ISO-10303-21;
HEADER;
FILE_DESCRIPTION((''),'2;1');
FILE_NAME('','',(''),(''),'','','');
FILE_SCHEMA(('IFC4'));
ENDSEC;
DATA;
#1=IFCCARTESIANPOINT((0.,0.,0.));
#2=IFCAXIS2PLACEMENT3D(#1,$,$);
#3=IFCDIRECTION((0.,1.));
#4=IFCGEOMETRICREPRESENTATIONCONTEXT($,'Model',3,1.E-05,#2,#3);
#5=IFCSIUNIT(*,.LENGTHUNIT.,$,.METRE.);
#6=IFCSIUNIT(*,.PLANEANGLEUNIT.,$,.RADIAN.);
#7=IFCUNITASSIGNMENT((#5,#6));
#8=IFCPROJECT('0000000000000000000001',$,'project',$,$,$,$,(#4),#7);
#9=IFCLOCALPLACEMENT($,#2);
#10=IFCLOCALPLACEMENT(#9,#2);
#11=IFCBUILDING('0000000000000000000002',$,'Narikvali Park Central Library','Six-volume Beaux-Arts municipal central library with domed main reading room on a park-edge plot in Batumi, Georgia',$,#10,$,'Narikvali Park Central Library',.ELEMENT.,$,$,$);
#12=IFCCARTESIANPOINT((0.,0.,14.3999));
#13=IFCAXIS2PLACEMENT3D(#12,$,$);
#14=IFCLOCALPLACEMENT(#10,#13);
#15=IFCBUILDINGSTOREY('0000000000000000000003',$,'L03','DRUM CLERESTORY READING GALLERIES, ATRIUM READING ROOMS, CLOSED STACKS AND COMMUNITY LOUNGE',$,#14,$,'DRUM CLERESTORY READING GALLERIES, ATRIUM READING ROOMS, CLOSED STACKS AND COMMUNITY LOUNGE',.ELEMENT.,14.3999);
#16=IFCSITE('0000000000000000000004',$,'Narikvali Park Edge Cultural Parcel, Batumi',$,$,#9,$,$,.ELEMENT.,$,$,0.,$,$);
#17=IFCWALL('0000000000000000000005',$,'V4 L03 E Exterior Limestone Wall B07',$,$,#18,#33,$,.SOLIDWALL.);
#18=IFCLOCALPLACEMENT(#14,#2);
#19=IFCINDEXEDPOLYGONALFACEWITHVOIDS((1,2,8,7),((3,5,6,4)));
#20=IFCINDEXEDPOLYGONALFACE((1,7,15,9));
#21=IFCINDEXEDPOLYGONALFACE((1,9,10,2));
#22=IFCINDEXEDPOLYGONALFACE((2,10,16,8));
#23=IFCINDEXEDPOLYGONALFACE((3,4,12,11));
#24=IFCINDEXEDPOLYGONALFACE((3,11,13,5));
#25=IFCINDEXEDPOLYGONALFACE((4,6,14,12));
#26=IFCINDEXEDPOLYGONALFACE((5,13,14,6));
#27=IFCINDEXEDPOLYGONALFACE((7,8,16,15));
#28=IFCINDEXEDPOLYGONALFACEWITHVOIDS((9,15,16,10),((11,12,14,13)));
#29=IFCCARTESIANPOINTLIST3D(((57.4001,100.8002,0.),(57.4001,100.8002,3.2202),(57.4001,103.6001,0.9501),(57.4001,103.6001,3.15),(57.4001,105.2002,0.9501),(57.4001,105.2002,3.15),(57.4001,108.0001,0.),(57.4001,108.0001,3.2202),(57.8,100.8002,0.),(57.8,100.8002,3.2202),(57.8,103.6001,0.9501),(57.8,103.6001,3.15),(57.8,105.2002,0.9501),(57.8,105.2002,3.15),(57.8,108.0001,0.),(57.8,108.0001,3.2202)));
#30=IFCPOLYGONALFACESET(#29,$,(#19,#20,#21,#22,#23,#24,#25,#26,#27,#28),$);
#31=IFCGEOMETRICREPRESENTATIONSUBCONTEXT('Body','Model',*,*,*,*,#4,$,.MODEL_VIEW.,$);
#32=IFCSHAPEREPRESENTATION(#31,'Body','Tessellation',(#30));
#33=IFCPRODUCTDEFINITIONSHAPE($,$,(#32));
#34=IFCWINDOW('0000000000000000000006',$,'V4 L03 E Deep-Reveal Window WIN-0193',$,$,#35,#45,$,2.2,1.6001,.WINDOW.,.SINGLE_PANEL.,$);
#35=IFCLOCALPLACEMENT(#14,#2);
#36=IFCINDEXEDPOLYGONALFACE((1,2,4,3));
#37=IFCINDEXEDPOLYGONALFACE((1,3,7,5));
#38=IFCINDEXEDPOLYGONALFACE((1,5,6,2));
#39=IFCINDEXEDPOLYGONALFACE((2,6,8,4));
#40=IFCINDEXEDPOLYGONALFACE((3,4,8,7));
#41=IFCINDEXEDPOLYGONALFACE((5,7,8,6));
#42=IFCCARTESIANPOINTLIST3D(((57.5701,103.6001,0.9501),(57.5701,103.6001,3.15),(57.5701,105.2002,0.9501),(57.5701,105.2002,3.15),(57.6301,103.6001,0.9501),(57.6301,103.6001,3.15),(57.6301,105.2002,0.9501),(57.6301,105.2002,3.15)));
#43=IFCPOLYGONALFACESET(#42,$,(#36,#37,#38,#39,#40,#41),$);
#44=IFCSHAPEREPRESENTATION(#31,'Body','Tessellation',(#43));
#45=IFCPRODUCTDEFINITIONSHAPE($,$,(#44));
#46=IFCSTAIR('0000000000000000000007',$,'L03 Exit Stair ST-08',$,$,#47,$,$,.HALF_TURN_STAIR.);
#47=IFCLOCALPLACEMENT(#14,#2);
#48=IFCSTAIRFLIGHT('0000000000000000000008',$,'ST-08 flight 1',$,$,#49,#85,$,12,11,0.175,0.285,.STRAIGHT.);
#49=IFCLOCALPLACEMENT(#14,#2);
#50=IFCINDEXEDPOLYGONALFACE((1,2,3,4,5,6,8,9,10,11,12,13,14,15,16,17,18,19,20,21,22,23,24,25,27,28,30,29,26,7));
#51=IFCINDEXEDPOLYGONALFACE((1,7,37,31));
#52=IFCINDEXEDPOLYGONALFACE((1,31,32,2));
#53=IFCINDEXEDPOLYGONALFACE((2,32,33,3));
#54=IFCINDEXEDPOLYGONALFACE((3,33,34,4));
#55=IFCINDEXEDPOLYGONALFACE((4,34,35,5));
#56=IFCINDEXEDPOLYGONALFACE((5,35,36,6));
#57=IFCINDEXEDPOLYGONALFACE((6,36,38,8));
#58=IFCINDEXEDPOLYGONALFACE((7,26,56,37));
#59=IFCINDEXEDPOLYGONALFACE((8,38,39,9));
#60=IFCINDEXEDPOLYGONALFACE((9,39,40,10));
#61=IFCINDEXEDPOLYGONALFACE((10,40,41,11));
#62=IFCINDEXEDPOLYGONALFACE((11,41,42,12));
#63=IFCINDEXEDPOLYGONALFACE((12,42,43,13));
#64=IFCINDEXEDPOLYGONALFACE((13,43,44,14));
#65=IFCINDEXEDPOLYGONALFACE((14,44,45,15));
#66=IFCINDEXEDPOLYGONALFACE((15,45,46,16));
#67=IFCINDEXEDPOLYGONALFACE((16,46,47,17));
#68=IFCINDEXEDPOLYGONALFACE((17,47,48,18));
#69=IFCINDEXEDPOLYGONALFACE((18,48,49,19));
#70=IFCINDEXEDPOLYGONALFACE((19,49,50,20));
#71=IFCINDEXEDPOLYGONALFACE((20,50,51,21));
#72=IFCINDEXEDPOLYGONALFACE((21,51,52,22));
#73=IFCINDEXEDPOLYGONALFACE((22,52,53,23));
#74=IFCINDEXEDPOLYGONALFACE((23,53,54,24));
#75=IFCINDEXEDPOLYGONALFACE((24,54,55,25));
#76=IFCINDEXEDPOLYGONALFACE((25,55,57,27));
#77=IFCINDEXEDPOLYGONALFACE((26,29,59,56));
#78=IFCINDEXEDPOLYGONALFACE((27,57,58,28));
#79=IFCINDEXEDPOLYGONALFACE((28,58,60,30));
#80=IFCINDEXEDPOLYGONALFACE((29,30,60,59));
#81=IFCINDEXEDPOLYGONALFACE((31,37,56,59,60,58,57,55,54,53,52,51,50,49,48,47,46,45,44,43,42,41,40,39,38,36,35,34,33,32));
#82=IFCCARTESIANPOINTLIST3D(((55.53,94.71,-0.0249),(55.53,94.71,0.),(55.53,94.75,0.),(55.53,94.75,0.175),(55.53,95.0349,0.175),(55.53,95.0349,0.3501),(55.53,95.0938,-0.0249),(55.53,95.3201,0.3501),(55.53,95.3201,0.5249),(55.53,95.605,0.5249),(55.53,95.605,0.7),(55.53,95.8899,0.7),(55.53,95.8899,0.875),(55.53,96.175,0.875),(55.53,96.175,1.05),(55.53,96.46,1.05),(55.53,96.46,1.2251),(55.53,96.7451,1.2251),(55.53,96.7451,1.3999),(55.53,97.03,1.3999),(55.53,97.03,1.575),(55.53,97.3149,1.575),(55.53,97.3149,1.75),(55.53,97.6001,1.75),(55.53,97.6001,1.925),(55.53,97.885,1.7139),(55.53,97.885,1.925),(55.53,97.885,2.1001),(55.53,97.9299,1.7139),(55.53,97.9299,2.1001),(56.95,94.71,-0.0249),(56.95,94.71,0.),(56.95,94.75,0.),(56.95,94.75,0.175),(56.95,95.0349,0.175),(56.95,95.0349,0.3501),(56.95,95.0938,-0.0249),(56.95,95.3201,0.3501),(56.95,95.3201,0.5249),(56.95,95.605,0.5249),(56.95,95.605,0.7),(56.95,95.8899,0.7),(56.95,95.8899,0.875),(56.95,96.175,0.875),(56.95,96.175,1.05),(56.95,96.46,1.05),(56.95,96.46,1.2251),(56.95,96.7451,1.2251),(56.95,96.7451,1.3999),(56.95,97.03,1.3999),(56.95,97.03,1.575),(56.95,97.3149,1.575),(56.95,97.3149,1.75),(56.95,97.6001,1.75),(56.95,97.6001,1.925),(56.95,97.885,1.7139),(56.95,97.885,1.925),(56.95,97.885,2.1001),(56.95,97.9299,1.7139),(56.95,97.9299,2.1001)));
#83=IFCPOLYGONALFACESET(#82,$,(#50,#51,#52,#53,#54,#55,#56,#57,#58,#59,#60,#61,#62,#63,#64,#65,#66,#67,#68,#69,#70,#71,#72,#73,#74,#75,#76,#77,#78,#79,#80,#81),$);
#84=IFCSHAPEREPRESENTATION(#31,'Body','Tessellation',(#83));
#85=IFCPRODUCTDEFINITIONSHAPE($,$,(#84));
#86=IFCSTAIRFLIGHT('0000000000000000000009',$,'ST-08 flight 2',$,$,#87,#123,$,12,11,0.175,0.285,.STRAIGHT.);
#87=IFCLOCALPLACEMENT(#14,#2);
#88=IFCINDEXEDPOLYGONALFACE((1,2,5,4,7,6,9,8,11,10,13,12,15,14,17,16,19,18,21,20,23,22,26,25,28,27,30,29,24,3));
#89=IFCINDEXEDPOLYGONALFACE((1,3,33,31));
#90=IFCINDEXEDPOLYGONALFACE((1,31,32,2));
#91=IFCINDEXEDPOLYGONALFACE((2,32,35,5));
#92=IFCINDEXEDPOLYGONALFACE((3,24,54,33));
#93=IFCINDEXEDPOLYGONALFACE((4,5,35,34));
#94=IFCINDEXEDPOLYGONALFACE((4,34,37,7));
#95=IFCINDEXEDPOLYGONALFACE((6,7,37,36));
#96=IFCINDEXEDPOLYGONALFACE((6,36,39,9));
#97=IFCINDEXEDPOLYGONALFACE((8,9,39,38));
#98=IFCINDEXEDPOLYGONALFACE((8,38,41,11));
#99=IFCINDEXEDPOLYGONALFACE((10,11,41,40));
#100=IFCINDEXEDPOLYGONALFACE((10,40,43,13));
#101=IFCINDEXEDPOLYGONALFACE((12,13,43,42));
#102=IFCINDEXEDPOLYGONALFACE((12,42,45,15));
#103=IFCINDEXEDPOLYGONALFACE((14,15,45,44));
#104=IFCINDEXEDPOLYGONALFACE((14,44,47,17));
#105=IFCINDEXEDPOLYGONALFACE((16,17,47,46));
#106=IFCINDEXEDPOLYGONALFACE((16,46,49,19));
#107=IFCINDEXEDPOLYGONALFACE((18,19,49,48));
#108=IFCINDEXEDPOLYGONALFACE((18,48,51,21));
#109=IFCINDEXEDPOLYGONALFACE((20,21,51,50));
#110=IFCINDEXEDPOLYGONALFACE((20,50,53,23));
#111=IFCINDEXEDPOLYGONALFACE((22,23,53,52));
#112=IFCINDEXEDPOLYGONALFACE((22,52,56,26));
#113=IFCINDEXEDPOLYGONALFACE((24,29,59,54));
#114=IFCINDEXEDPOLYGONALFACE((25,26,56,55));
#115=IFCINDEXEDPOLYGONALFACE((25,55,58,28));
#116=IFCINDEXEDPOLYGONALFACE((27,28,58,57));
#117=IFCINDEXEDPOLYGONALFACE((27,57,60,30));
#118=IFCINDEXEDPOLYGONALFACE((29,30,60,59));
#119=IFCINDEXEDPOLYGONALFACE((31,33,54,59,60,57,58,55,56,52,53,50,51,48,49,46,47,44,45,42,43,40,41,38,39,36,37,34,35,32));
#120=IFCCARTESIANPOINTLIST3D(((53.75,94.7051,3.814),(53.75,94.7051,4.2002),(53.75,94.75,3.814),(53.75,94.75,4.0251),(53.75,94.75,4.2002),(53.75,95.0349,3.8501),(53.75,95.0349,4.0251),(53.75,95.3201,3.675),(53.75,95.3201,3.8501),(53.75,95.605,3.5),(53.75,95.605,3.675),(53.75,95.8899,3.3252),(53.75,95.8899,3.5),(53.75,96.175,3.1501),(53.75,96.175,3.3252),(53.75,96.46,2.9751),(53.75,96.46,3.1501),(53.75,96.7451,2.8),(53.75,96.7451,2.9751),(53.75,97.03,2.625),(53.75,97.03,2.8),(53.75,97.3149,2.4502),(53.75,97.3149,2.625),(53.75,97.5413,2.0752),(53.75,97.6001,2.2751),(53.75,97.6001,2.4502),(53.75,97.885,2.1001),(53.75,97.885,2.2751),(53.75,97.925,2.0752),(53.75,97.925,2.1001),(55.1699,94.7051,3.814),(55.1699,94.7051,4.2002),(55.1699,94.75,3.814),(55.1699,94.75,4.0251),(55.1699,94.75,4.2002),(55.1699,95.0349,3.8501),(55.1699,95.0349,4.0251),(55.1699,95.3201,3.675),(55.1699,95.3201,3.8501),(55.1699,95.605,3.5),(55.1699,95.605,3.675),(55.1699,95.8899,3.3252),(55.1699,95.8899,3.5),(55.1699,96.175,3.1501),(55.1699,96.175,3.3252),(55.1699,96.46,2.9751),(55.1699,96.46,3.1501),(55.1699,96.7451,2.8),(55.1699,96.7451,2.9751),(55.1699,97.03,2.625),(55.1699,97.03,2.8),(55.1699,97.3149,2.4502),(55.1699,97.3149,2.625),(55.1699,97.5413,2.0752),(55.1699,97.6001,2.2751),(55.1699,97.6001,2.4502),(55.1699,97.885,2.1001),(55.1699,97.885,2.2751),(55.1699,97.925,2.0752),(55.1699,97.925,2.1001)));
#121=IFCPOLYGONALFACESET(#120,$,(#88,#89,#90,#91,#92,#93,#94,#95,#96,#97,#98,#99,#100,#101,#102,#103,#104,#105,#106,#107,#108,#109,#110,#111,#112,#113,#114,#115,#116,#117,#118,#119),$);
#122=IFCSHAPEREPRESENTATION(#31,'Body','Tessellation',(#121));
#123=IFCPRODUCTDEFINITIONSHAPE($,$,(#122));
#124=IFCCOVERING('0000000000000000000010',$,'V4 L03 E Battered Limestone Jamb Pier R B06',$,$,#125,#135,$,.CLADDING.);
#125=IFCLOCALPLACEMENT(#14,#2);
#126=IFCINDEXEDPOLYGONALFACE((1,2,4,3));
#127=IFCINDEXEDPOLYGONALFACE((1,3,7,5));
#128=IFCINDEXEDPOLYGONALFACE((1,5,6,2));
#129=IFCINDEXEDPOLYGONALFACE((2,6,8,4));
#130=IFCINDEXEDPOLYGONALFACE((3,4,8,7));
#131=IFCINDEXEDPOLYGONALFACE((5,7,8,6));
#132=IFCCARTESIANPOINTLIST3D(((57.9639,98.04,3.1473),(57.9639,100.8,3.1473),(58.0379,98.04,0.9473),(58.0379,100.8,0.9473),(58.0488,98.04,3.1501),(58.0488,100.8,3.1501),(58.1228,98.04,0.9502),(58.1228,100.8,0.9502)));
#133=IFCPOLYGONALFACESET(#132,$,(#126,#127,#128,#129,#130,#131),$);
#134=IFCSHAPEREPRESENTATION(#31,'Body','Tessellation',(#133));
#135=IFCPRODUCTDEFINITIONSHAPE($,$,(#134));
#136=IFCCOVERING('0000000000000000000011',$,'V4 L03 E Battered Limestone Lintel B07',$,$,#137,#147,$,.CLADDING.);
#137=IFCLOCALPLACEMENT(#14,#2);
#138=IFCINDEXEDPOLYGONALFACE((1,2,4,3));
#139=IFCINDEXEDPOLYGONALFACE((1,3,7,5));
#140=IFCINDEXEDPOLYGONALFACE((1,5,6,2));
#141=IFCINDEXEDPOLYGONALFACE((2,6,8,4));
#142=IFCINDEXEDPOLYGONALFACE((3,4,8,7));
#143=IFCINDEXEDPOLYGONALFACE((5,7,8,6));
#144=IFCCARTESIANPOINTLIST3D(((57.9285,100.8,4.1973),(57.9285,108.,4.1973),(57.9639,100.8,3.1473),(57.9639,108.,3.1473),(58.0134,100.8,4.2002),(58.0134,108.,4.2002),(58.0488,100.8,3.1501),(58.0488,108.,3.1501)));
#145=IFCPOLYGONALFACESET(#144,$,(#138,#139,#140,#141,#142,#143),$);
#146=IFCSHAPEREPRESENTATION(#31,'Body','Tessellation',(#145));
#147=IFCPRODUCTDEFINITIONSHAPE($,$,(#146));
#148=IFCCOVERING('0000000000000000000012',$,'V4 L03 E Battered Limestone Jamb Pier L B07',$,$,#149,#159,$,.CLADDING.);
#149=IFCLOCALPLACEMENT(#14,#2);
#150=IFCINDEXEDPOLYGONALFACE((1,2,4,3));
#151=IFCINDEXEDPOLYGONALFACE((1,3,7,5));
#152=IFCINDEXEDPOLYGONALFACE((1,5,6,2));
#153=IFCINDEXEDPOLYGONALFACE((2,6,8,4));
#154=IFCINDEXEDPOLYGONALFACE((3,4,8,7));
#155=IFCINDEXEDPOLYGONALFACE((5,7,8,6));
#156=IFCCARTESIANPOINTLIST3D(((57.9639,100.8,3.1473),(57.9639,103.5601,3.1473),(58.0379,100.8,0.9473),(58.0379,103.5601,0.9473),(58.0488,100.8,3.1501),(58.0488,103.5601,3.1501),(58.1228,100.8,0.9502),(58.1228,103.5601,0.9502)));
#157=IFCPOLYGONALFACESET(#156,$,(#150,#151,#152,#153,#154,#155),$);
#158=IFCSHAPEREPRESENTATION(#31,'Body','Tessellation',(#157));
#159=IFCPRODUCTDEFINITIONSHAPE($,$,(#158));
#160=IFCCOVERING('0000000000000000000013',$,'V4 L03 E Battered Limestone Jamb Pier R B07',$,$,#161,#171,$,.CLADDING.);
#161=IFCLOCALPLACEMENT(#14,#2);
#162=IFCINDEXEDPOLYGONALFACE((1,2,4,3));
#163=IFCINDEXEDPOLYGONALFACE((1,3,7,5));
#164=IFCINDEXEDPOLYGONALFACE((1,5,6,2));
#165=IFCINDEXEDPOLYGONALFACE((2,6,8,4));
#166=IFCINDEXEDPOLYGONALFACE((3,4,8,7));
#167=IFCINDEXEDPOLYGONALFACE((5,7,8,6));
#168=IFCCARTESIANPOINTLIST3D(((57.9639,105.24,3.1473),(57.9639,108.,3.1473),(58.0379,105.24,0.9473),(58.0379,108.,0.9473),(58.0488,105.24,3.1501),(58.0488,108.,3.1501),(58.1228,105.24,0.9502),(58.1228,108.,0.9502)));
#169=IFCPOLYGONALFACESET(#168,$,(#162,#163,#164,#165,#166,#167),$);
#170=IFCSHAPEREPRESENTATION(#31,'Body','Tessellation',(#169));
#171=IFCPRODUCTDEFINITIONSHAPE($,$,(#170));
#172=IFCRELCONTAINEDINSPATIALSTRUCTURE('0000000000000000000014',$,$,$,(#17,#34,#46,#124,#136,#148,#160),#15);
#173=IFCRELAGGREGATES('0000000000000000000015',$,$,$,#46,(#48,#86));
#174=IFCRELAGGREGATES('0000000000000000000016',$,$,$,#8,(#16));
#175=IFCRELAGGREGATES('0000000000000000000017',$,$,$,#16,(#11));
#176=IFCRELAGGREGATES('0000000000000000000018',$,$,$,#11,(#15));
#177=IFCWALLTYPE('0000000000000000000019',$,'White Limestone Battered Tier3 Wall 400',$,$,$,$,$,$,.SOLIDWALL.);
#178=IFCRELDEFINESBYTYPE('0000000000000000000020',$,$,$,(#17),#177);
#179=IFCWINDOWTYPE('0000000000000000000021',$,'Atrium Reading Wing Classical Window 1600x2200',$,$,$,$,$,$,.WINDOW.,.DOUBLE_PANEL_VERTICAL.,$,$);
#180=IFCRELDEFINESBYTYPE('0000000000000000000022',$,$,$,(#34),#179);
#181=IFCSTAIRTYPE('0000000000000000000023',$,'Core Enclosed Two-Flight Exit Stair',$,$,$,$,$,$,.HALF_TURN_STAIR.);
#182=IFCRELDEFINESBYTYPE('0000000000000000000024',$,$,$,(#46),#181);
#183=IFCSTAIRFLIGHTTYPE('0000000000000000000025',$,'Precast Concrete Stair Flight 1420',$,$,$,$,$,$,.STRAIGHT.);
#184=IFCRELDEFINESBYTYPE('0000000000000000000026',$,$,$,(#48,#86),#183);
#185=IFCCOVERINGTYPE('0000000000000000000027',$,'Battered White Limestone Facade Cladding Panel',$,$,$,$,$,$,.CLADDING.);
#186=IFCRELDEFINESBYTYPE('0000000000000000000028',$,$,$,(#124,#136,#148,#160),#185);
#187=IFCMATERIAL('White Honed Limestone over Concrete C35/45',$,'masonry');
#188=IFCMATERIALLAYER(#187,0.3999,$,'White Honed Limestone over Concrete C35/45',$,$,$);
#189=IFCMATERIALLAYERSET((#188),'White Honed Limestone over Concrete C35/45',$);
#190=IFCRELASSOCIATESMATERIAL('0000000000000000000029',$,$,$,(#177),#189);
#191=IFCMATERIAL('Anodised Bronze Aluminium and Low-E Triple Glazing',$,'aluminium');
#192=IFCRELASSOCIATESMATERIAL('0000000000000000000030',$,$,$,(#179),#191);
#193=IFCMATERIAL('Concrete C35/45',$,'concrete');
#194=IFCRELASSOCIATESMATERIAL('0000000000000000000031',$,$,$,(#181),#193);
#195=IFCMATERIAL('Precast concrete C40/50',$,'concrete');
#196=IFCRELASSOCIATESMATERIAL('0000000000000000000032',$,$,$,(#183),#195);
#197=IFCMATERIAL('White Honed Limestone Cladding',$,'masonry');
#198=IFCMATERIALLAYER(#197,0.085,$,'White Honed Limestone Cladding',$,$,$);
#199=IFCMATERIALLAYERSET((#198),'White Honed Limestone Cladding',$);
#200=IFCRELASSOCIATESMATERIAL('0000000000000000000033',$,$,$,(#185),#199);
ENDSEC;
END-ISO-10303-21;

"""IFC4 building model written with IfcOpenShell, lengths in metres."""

from ifc_helpers import new_model, si_unit, direction, frame, frame_2d, origin, place, context, subcontext, project, spatial, polyline, rectangle, outline, extrude, material, layer, layer_set, type_object, element, fill, aggregate, save


model = new_model("IFC4")

# Units and contexts
model_context = context("Model", 3, precision=1e-05, world=origin(), true_north=direction((0.0, 1.0)))
body_context = subcontext(model_context, "Body", "Model", "MODEL_VIEW")
ifc_project = project(units=[si_unit("LENGTHUNIT", "METRE"), si_unit("PLANEANGLEUNIT", "RADIAN")], contexts=[model_context])

# Site, building, storey
site_placement = place(None, origin())
site = spatial("IfcSite", under=ifc_project, at=site_placement, Name="Narikvali Park Edge Cultural Parcel, Batumi", CompositionType="ELEMENT", RefElevation=0.0)
building_placement = place(site_placement, origin())
building = spatial("IfcBuilding", under=site, at=building_placement, Name="Narikvali Park Central Library", Description="Six-volume Beaux-Arts municipal central library with domed main reading room on a park-edge plot in Batumi, Georgia", LongName="Narikvali Park Central Library", CompositionType="ELEMENT")
storey_placement = place(building_placement, frame((0.0, 0.0, 14.3999)))
storey = spatial("IfcBuildingStorey", under=building, at=storey_placement, Name="L03", Description="DRUM CLERESTORY READING GALLERIES, ATRIUM READING ROOMS, CLOSED STACKS AND COMMUNITY LOUNGE", LongName="DRUM CLERESTORY READING GALLERIES, ATRIUM READING ROOMS, CLOSED STACKS AND COMMUNITY LOUNGE", CompositionType="ELEMENT", Elevation=14.3999)

# Wall, opening, window
ifc_material_1 = material(Name="White Honed Limestone over Concrete C35/45", Category="masonry")
ifc_layer_1 = layer(ifc_material_1, 0.3999, Name="White Honed Limestone over Concrete C35/45")
ifc_layer_set_1 = layer_set([ifc_layer_1], Name="White Honed Limestone over Concrete C35/45")
wall_type_1 = type_object("IfcWallType", Name="White Limestone Battered Tier3 Wall 400", PredefinedType="SOLIDWALL", material=ifc_layer_set_1)
wall_1_placement = place(storey_placement, frame((57.6001, 100.8, 0.0), z_axis=(0.0, 0.0, 1.0), x_axis=(0.0, 1.0, 0.0)))
wall_1 = element("IfcWall", 1, at=wall_1_placement, inside=storey, type_object=wall_type_1, Name="V4 L03 E Exterior Limestone Wall B07", PredefinedType="SOLIDWALL", context=body_context, shape_type="SweptSolid", body=[
    extrude(rectangle(XDim=7.2, YDim=0.3999, at=frame_2d((3.6001, 0.0))), origin(), (0.0, 0.0, 1.0), 3.2202),
])
opening_placement = place(wall_1_placement, frame((2.8, 0.0, 0.95)))
opening = element("IfcOpeningElement", 2, at=opening_placement, cuts=wall_1, PredefinedType="OPENING", context=body_context, shape_type="SweptSolid", body=[
    extrude(rectangle(XDim=1.6001, YDim=2.2, at=frame_2d((0.8, 1.1001))), frame((0.0, 0.2119, 0.0), z_axis=(0.0, -1.0, 0.0), x_axis=(1.0, 0.0, 0.0)), (0.0, 0.0, 1.0), 0.4238),
])
ifc_material_2 = material(Name="Anodised Bronze Aluminium and Low-E Triple Glazing", Category="aluminium")
window_type = type_object("IfcWindowType", Name="Atrium Reading Wing Classical Window 1600x2200", PartitioningType="DOUBLE_PANEL_VERTICAL", PredefinedType="WINDOW", material=ifc_material_2)
window_placement = place(opening_placement, origin())
window = element("IfcWindow", 3, at=window_placement, inside=storey, type_object=window_type, Name="V4 L03 E Deep-Reveal Window WIN-0193", OverallHeight=2.2, OverallWidth=1.6001, PartitioningType="SINGLE_PANEL", PredefinedType="WINDOW", context=body_context, shape_type="SweptSolid", body=[
    extrude(rectangle(XDim=1.6001, YDim=2.2, at=frame_2d((0.8, 1.1001))), frame((0.0, 0.03, 0.0), z_axis=(0.0, -1.0, 0.0), x_axis=(1.0, 0.0, 0.0)), (0.0, 0.0, 1.0), 0.0601),
])
fill(opening, window)

# Stair, stair flights
ifc_material_3 = material(Name="Concrete C35/45", Category="concrete")
stair_type = type_object("IfcStairType", Name="Core Enclosed Two-Flight Exit Stair", PredefinedType="HALF_TURN_STAIR", material=ifc_material_3)
stair_placement = place(storey_placement, origin())
stair = element("IfcStair", 4, at=stair_placement, inside=storey, type_object=stair_type, Name="L03 Exit Stair ST-08", PredefinedType="HALF_TURN_STAIR")
ifc_material_4 = material(Name="Precast concrete C40/50", Category="concrete")
stair_flight_type = type_object("IfcStairFlightType", Name="Precast Concrete Stair Flight 1420", PredefinedType="STRAIGHT", material=ifc_material_4)
stair_flight_1_placement = place(storey_placement, frame((56.24, 94.75, 0.0), z_axis=(0.0, 0.0, 1.0), x_axis=(0.0, 1.0, 0.0)))
stair_flight_1 = element("IfcStairFlight", 5, at=stair_flight_1_placement, type_object=stair_flight_type, Name="ST-08 flight 1", NumberOfRisers=12, NumberOfTreads=11, PredefinedType="STRAIGHT", RiserHeight=0.175, TreadLength=0.285, context=body_context, shape_type="SweptSolid", body=[
    extrude(outline(polyline([(-0.04, -0.0249), (-0.04, 0.0), (0.0, 0.0), (0.0, 0.175), (0.2849, 0.175), (0.2849, 0.3501), (0.5701, 0.3501), (0.5701, 0.5249), (0.855, 0.5249), (0.855, 0.7), (1.1399, 0.7), (1.1399, 0.875), (1.425, 0.875), (1.425, 1.05), (1.71, 1.05), (1.71, 1.2251), (1.9951, 1.2251), (1.9951, 1.3999), (2.28, 1.3999), (2.28, 1.575), (2.5649, 1.575), (2.5649, 1.75), (2.8501, 1.75), (2.8501, 1.925), (3.135, 1.925), (3.135, 2.1001), (3.1799, 2.1001), (3.1799, 1.7139), (3.135, 1.7139), (0.3438, -0.0249), (-0.04, -0.0249)])), frame((0.0, 0.71, 0.0), z_axis=(0.0, -1.0, 0.0), x_axis=(1.0, 0.0, 0.0)), (0.0, 0.0, 1.0), 1.4199),
])
stair_flight_2_placement = place(storey_placement, frame((54.46, 97.885, 2.1001), z_axis=(0.0, 0.0, 1.0), x_axis=(0.0, -1.0, 0.0)))
stair_flight_2 = element("IfcStairFlight", 6, at=stair_flight_2_placement, type_object=stair_flight_type, Name="ST-08 flight 2", NumberOfRisers=12, NumberOfTreads=11, PredefinedType="STRAIGHT", RiserHeight=0.175, TreadLength=0.285, context=body_context, shape_type="SweptSolid", body=[
    extrude(outline(polyline([(-0.04, -0.0249), (-0.04, 0.0), (0.0, 0.0), (0.0, 0.175), (0.2849, 0.175), (0.2849, 0.3501), (0.5701, 0.3501), (0.5701, 0.5249), (0.855, 0.5249), (0.855, 0.7), (1.1399, 0.7), (1.1399, 0.875), (1.425, 0.875), (1.425, 1.05), (1.71, 1.05), (1.71, 1.2251), (1.9951, 1.2251), (1.9951, 1.3999), (2.28, 1.3999), (2.28, 1.575), (2.5649, 1.575), (2.5649, 1.75), (2.8501, 1.75), (2.8501, 1.925), (3.135, 1.925), (3.135, 2.1001), (3.1799, 2.1001), (3.1799, 1.7139), (3.135, 1.7139), (0.3438, -0.0249), (-0.04, -0.0249)])), frame((0.0, 0.71, 0.0), z_axis=(0.0, -1.0, 0.0), x_axis=(1.0, 0.0, 0.0)), (0.0, 0.0, 1.0), 1.4199),
])
aggregate(stair, [stair_flight_1, stair_flight_2])

# Coverings
ifc_material_5 = material(Name="White Honed Limestone Cladding", Category="masonry")
ifc_layer_2 = layer(ifc_material_5, 0.085, Name="White Honed Limestone Cladding")
ifc_layer_set_2 = layer_set([ifc_layer_2], Name="White Honed Limestone Cladding")
covering_type = type_object("IfcCoveringType", Name="Battered White Limestone Facade Cladding Panel", PredefinedType="CLADDING", material=ifc_layer_set_2)
covering_1_placement = place(storey_placement, frame((58.1228, 98.04, 0.9502), z_axis=(0.999435, 0.0, 0.033607), x_axis=(0.0, 1.0, 0.0)))
element("IfcCovering", 7, at=covering_1_placement, inside=storey, type_object=covering_type, Name="V4 L03 E Battered Limestone Jamb Pier R B06", PredefinedType="CLADDING", context=body_context, shape_type="SweptSolid", body=[
    extrude(outline(polyline([(0.0, 0.0), (2.76, 0.0), (2.76, 2.2012), (0.0, 2.2012), (0.0, 0.0)])), origin(), (0.0, 0.0, -1.0), 0.085),
])
covering_2_placement = place(storey_placement, frame((58.0488, 100.8, 3.1501), z_axis=(0.999432, 0.0, 0.033694), x_axis=(0.0, 1.0, 0.0)))
element("IfcCovering", 8, at=covering_2_placement, inside=storey, type_object=covering_type, Name="V4 L03 E Battered Limestone Lintel B07", PredefinedType="CLADDING", context=body_context, shape_type="SweptSolid", body=[
    extrude(outline(polyline([(0.0, 0.0), (7.2, 0.0), (7.2, 1.0506), (0.0, 1.0506), (0.0, 0.0)])), origin(), (0.0, 0.0, -1.0), 0.085),
])
for number, where, z_axis, x_axis, name in (
    (9, (58.1228, 100.8, 0.9502), (0.999435, 0.0, 0.033607), (0.0, 1.0, 0.0), "V4 L03 E Battered Limestone Jamb Pier L B07"),
    (10, (58.1228, 105.24, 0.9502), (0.999435, 0.0, 0.033607), (0.0, 1.0, 0.0), "V4 L03 E Battered Limestone Jamb Pier R B07"),
):
    element("IfcCovering", number, at=place(storey_placement, frame(where, z_axis=z_axis, x_axis=x_axis)), inside=storey, type_object=covering_type, Name=name, PredefinedType="CLADDING", context=body_context, shape_type="SweptSolid", body=[
        extrude(outline(polyline([(0.0, 0.0), (2.76, 0.0), (2.76, 2.2012), (0.0, 2.2012), (0.0, 0.0)])), origin(), (0.0, 0.0, -1.0), 0.085),
    ])

save(model, "model.ifc")
